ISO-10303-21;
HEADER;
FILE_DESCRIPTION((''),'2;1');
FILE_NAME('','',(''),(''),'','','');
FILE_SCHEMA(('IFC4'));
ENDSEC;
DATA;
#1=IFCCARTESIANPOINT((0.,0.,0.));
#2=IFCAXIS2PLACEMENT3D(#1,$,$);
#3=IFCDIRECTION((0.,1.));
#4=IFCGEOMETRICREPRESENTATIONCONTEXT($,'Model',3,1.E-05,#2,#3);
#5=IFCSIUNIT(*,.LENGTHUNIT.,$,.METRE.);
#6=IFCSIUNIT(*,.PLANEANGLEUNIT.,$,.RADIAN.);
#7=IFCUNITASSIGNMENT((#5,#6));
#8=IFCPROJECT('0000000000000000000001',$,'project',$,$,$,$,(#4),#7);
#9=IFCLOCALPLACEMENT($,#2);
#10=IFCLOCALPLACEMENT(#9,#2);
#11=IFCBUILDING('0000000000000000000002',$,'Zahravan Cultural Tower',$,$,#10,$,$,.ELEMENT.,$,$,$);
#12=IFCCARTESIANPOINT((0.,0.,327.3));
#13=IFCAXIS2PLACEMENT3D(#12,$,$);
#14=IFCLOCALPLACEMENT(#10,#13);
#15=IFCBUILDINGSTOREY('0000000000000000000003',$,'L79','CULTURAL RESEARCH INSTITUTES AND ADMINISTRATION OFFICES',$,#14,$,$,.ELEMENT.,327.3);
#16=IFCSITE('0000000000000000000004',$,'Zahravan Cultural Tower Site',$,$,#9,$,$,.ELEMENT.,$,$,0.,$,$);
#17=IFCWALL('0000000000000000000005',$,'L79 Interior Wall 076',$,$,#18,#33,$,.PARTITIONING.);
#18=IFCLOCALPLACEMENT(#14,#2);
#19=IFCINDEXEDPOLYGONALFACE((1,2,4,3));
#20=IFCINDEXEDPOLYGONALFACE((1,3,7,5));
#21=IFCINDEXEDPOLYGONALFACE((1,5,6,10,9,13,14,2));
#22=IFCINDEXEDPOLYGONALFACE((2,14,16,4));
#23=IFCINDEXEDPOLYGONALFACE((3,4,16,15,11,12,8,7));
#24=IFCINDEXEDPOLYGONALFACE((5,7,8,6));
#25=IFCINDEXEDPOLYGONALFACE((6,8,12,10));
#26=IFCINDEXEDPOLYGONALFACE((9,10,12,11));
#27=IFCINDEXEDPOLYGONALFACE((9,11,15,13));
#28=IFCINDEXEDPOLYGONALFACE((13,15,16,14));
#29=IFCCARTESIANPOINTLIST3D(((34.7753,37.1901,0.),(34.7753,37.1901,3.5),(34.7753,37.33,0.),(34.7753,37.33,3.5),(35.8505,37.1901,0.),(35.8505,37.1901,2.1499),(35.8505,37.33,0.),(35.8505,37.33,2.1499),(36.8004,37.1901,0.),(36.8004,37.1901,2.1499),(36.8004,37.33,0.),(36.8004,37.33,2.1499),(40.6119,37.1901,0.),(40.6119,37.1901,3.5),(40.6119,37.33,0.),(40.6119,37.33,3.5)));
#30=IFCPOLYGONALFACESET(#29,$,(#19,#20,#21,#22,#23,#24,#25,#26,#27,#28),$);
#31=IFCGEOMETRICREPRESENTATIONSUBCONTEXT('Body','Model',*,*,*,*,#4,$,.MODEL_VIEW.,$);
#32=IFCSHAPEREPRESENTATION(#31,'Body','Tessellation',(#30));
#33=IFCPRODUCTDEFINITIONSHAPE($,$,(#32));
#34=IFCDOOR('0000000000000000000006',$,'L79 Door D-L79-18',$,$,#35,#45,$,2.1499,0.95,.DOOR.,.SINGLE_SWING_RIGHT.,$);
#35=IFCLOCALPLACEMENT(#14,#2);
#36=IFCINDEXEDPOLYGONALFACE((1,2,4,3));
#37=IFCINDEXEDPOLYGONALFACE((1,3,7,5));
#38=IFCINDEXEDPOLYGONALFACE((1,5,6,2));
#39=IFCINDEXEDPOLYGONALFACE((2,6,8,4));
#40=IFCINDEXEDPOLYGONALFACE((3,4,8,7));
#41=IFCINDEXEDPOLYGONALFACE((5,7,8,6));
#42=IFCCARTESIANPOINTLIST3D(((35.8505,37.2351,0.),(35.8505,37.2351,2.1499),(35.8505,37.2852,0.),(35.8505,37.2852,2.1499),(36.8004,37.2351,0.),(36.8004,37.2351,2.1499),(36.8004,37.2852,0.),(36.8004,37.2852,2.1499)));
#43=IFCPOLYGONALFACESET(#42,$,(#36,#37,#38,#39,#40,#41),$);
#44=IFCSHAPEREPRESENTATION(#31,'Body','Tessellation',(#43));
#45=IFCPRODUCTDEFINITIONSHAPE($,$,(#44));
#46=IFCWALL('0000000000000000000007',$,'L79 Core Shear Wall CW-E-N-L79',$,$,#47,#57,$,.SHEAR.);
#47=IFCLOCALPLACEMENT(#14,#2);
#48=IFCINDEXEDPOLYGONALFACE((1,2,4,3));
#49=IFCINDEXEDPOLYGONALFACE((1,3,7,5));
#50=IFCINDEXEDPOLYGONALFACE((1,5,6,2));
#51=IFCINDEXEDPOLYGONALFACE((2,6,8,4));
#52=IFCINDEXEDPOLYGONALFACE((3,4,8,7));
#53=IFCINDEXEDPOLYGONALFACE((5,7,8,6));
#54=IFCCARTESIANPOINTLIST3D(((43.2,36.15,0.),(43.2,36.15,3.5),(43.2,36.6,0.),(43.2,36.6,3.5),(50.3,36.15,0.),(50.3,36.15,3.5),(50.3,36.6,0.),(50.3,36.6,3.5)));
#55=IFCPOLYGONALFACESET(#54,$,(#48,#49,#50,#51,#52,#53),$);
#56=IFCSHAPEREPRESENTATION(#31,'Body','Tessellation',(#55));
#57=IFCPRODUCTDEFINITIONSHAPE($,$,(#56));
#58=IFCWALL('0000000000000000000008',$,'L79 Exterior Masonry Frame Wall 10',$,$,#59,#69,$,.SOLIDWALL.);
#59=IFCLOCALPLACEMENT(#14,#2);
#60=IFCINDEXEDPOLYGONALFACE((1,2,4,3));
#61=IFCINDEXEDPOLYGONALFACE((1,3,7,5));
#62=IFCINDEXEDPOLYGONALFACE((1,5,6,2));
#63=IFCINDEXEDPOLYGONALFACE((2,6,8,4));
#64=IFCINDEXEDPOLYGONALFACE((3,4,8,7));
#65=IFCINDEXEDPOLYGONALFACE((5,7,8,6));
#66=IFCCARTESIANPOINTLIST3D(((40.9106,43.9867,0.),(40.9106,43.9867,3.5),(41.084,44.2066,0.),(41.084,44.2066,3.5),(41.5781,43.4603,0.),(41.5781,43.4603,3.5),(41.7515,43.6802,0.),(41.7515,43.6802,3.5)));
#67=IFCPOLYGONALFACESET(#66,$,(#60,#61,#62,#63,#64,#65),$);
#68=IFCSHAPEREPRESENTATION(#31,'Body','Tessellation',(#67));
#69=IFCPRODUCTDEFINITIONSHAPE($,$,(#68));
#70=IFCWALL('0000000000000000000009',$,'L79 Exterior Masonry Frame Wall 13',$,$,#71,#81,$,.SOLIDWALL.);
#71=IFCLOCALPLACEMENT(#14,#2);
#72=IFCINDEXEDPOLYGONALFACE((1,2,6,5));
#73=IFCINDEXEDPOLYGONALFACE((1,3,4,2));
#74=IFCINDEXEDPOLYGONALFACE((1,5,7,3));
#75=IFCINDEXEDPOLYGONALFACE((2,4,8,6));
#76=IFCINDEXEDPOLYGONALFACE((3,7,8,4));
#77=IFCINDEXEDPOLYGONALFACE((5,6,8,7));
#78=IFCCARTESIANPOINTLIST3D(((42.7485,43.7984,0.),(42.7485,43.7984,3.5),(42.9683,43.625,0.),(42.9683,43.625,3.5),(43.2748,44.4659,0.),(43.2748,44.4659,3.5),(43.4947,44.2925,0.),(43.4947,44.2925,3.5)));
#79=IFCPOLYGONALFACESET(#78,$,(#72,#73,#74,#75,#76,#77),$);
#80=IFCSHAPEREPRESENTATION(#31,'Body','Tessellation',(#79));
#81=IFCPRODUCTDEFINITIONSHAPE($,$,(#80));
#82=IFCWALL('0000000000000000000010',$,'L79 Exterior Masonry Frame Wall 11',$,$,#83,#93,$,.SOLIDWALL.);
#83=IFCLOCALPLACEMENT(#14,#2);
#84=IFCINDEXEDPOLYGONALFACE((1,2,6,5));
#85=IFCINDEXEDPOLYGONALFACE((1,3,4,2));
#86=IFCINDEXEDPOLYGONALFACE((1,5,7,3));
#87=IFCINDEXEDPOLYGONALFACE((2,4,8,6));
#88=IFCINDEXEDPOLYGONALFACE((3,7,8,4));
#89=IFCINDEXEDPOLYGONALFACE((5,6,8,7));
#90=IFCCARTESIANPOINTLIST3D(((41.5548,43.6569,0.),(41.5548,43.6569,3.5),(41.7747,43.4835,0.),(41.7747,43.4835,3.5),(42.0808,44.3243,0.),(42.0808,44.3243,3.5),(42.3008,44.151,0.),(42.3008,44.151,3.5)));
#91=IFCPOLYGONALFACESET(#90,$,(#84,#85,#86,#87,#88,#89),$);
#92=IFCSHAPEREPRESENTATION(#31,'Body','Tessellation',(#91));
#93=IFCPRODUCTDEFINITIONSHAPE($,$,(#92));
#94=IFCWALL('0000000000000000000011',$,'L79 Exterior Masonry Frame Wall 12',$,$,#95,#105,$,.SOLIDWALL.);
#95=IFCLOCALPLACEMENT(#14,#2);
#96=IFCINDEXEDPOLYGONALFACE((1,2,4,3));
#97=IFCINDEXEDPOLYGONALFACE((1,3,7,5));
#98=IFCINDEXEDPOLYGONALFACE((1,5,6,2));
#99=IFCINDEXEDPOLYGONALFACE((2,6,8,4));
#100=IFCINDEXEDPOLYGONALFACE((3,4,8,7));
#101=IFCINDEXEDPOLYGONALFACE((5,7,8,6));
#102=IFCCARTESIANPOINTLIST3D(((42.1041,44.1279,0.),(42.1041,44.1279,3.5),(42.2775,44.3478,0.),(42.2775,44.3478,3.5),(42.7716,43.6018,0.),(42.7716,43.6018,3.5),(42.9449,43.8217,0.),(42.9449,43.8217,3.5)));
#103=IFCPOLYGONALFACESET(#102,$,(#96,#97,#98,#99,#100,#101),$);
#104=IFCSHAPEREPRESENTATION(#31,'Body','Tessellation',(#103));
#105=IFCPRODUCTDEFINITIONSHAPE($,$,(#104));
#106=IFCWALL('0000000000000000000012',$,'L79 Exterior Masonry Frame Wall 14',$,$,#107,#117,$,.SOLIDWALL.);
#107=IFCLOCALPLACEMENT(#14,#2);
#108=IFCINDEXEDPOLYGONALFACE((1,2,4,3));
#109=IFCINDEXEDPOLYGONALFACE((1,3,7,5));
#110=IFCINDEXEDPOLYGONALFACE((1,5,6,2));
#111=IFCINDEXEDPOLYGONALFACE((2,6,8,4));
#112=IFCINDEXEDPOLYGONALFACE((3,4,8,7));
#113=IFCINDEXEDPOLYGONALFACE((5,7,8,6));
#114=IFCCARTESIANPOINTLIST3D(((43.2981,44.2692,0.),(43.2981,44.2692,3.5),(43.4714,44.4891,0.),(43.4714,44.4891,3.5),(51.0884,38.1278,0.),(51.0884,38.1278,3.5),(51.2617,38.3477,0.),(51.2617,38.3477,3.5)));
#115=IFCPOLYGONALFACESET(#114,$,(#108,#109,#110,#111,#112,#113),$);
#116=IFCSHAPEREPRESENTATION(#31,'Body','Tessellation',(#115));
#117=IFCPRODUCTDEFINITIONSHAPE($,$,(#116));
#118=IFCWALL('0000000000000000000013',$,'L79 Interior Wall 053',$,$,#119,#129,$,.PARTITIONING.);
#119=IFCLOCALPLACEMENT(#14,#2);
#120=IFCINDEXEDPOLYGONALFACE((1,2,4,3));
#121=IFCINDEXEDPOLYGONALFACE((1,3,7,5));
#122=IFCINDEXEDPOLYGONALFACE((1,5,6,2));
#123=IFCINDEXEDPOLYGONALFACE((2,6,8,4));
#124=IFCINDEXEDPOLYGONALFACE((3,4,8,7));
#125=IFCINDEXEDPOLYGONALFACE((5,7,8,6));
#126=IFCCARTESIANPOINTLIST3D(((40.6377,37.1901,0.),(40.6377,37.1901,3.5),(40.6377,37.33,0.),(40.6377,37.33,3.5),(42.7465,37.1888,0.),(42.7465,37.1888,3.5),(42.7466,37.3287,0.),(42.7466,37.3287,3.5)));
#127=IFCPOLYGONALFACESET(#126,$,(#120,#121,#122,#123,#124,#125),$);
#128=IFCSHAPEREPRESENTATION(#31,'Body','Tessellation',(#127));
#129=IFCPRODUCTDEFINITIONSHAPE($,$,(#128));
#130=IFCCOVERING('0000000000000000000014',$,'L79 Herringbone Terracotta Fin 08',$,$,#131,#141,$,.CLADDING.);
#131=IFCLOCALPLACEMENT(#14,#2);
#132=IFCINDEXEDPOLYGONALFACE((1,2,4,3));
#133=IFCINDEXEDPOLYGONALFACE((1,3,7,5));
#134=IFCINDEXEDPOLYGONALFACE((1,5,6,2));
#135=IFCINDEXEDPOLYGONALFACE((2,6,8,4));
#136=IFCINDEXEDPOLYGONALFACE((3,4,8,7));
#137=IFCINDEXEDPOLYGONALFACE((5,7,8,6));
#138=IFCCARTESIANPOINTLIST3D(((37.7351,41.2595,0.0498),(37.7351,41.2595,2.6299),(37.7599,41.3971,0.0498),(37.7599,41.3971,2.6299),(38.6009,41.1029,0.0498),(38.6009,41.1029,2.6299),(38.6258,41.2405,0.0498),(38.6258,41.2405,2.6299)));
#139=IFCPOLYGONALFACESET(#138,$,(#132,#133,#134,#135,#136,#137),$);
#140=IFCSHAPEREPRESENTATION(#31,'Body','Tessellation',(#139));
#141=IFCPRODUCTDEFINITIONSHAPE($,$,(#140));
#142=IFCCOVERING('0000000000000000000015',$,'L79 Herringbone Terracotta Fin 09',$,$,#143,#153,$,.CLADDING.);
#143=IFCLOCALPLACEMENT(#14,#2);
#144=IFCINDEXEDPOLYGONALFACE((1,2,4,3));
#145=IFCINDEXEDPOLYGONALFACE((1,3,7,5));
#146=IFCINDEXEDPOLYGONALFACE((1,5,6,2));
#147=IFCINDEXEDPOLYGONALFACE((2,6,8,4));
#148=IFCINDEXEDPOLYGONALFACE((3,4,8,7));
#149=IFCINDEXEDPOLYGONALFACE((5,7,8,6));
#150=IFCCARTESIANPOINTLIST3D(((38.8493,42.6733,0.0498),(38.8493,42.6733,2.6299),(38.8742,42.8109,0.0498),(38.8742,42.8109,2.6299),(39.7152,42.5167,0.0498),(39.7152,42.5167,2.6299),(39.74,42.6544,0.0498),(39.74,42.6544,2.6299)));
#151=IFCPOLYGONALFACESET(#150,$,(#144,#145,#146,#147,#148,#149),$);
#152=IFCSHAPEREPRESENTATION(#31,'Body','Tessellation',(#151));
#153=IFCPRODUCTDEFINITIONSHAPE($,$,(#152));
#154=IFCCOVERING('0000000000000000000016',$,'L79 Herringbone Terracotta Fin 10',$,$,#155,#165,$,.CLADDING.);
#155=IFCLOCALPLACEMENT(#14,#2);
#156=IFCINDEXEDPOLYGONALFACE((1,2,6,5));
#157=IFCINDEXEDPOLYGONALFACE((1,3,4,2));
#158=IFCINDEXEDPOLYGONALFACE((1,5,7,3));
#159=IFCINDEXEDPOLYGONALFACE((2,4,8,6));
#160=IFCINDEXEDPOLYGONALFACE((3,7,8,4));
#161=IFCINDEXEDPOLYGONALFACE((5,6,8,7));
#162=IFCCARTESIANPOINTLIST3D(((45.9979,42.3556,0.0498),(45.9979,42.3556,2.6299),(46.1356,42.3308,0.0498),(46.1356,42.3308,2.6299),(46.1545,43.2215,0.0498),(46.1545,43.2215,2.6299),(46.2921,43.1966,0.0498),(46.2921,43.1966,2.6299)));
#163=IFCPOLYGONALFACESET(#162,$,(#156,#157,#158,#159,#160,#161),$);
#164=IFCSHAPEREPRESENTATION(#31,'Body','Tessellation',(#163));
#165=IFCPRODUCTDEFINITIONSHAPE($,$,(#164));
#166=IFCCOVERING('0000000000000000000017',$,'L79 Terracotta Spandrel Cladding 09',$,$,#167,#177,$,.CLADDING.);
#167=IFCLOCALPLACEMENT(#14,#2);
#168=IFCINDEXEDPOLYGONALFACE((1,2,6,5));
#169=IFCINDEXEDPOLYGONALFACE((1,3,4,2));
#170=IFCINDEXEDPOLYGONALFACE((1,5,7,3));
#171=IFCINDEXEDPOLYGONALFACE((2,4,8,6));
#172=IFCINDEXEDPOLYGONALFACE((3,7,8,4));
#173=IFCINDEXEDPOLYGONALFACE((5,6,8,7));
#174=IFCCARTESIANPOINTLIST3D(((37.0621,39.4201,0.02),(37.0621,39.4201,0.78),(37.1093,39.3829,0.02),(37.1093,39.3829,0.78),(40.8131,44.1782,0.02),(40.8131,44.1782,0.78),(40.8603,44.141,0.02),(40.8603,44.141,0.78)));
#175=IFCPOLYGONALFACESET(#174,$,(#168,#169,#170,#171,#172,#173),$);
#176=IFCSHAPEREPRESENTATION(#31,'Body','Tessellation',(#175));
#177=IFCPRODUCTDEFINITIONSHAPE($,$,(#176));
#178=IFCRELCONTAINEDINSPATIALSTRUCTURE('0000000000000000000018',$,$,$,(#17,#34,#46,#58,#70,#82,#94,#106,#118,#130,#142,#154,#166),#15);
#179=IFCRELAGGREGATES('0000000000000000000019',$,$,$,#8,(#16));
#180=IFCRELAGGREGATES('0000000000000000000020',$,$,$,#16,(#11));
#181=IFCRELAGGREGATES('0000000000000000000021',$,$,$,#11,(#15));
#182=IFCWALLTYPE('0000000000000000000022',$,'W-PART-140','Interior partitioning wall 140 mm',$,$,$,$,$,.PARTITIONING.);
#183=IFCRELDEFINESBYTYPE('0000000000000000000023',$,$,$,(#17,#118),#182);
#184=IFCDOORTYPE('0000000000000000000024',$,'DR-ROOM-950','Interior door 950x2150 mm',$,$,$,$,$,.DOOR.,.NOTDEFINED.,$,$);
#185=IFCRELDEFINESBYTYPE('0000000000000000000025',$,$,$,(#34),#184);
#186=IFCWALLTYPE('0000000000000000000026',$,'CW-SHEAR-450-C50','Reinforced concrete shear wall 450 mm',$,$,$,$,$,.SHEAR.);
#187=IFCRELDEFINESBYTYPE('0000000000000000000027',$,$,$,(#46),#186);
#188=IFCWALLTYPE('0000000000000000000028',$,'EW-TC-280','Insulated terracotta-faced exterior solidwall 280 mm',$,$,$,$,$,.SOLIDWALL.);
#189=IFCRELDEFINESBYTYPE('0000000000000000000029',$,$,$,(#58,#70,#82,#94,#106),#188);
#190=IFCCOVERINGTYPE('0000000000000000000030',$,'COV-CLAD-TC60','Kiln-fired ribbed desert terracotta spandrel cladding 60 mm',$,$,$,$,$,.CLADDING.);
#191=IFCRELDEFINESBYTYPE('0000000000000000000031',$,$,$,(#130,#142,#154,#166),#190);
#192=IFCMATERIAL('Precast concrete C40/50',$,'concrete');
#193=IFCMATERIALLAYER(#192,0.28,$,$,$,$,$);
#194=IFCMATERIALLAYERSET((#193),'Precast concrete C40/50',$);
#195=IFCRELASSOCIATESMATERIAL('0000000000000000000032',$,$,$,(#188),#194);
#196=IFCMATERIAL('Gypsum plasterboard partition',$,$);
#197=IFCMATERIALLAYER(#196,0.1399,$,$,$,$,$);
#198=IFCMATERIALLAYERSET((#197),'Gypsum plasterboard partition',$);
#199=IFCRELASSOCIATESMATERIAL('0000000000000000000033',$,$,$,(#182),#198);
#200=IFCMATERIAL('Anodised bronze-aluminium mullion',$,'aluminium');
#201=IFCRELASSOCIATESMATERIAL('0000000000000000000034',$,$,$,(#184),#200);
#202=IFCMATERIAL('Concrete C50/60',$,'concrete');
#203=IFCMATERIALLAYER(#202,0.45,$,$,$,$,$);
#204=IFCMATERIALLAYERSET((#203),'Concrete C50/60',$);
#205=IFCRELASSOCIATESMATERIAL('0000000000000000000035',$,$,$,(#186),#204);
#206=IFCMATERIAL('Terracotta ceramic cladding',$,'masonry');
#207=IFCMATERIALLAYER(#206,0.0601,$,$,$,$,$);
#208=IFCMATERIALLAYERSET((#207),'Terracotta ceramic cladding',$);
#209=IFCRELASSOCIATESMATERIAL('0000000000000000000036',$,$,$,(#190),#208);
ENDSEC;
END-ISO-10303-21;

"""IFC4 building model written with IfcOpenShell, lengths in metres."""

from ifc_helpers import new_model, si_unit, direction, frame, frame_2d, origin, origin_2d, place, context, subcontext, project, spatial, rectangle, extrude, source, transform, mapped, material, layer, layer_set, type_object, element, fill, save


model = new_model("IFC4")

# Units and contexts
model_context = context("Model", 3, precision=1e-05, world=origin(), true_north=direction((0.0, 1.0)))
body_context = subcontext(model_context, "Body", "Model", "MODEL_VIEW")
ifc_project = project(units=[si_unit("LENGTHUNIT", "METRE"), si_unit("PLANEANGLEUNIT", "RADIAN")], contexts=[model_context])

# Site, building, storey
site_placement = place(None, origin())
site = spatial("IfcSite", under=ifc_project, at=site_placement, Name="Zahravan Cultural Tower Site", CompositionType="ELEMENT", RefElevation=0.0)
building_placement = place(site_placement, origin())
building = spatial("IfcBuilding", under=site, at=building_placement, Name="Zahravan Cultural Tower", CompositionType="ELEMENT")
storey_placement = place(building_placement, frame((0.0, 0.0, 327.3)))
storey = spatial("IfcBuildingStorey", under=building, at=storey_placement, Name="L79", Description="CULTURAL RESEARCH INSTITUTES AND ADMINISTRATION OFFICES", CompositionType="ELEMENT", Elevation=327.3)

# Shared definitions
ifc_material_1 = material(Name="Precast concrete C40/50", Category="concrete")
ifc_layer_1 = layer(ifc_material_1, 0.28)
ifc_layer_set_1 = layer_set([ifc_layer_1], Name="Precast concrete C40/50")
wall_type_1 = type_object("IfcWallType", Name="EW-TC-280", Description="Insulated terracotta-faced exterior solidwall 280 mm", PredefinedType="SOLIDWALL", material=ifc_layer_set_1)

# Wall, opening, door
ifc_material_2 = material(Name="Gypsum plasterboard partition")
ifc_layer_2 = layer(ifc_material_2, 0.1399)
ifc_layer_set_2 = layer_set([ifc_layer_2], Name="Gypsum plasterboard partition")
wall_type_2 = type_object("IfcWallType", Name="W-PART-140", Description="Interior partitioning wall 140 mm", PredefinedType="PARTITIONING", material=ifc_layer_set_2)
ifc_material_3 = material(Name="Anodised bronze-aluminium mullion", Category="aluminium")
door_type = type_object("IfcDoorType", Name="DR-ROOM-950", Description="Interior door 950x2150 mm", OperationType="NOTDEFINED", PredefinedType="DOOR", material=ifc_material_3)
shared_shape_1 = source(origin(), body_context, "Body", "SweptSolid", [
    extrude(rectangle(XDim=0.95, YDim=2.1499, at=frame_2d((0.4751, 1.075))), frame((0.0, 0.0249, 0.0), z_axis=(0.0, -1.0, 0.0), x_axis=(1.0, 0.0, 0.0)), (0.0, 0.0, 1.0), 0.05),
])
wall_1_placement = place(storey_placement, frame((40.6121, 37.26, 0.0), z_axis=(0.0, 0.0, 1.0), x_axis=(-1.0, 0.0, 0.0)))
wall_1 = element("IfcWall", 1, at=wall_1_placement, inside=storey, type_object=wall_type_2, Name="L79 Interior Wall 076", PredefinedType="PARTITIONING", context=body_context, shape_type="SweptSolid", body=[
    extrude(rectangle(XDim=5.8367, YDim=0.1399, at=frame_2d((2.9185, 0.0))), origin(), (0.0, 0.0, 1.0), 3.5),
])
opening_1_placement = place(wall_1_placement, frame((3.8115, 0.0, 0.0)))
opening_1 = element("IfcOpeningElement", 2, at=opening_1_placement, cuts=wall_1, PredefinedType="OPENING", context=body_context, shape_type="SweptSolid", body=[
    extrude(rectangle(XDim=0.95, YDim=2.1499, at=frame_2d((0.4751, 1.075))), frame((0.0, 0.0798, 0.0), z_axis=(0.0, -1.0, 0.0), x_axis=(1.0, 0.0, 0.0)), (0.0, 0.0, 1.0), 0.1599),
])
door_1_placement = place(opening_1_placement, origin())
door_1 = element("IfcDoor", 3, at=door_1_placement, inside=storey, type_object=door_type, Name="L79 Door D-L79-18", OperationType="SINGLE_SWING_RIGHT", OverallHeight=2.1499, OverallWidth=0.95, PredefinedType="DOOR", context=body_context, shape_type="MappedRepresentation", body=[
    mapped(shared_shape_1, transform((0.0, 0.0, 0.0), x_axis=(1.0, 0.0, 0.0), y_axis=(0.0, 1.0, 0.0), z_axis=(0.0, 0.0, 1.0), scale=1.0)),
])
fill(opening_1, door_1)

# Walls
ifc_material_4 = material(Name="Concrete C50/60", Category="concrete")
ifc_layer_3 = layer(ifc_material_4, 0.45)
ifc_layer_set_3 = layer_set([ifc_layer_3], Name="Concrete C50/60")
wall_type_3 = type_object("IfcWallType", Name="CW-SHEAR-450-C50", Description="Reinforced concrete shear wall 450 mm", PredefinedType="SHEAR", material=ifc_layer_set_3)
shared_shape_2 = source(origin(), body_context, "Body", "SweptSolid", [
    extrude(rectangle(XDim=7.1001, YDim=0.45, at=frame_2d((3.55, 0.0))), origin(), (0.0, 0.0, 1.0), 3.5),
])
wall_2_placement = place(storey_placement, frame((43.2, 36.375, 0.0), z_axis=(0.0, 0.0, 1.0), x_axis=(1.0, 0.0, 0.0)))
element("IfcWall", 4, at=wall_2_placement, inside=storey, type_object=wall_type_3, Name="L79 Core Shear Wall CW-E-N-L79", PredefinedType="SHEAR", context=body_context, shape_type="MappedRepresentation", body=[
    mapped(shared_shape_2, transform((0.0, 0.0, 0.0), x_axis=(1.0, 0.0, 0.0), y_axis=(0.0, 1.0, 0.0), z_axis=(0.0, 0.0, 1.0), scale=1.0)),
])
shared_shape_3 = source(origin(), body_context, "Body", "SweptSolid", [
    extrude(rectangle(XDim=0.8501, YDim=0.28, at=frame_2d((0.425, 0.0))), origin(), (0.0, 0.0, 1.0), 3.5),
])
for number, where, z_axis, x_axis, name in (
    (5, (40.9973, 44.0967, 0.0), (0.0, 0.0, 1.0), (0.785221, -0.619216, 0.0), "L79 Exterior Masonry Frame Wall 10"),
    (6, (42.8584, 43.7117, 0.0), (0.0, 0.0, 1.0), (0.619216, 0.785221, 0.0), "L79 Exterior Masonry Frame Wall 13"),
):
    element("IfcWall", number, at=place(storey_placement, frame(where, z_axis=z_axis, x_axis=x_axis)), inside=storey, type_object=wall_type_1, Name=name, PredefinedType="SOLIDWALL", context=body_context, shape_type="MappedRepresentation", body=[
        mapped(shared_shape_3, transform((0.0, 0.0, 0.0), x_axis=(1.0, 0.0, 0.0), y_axis=(0.0, 1.0, 0.0), z_axis=(0.0, 0.0, 1.0), scale=1.0)),
    ])
shared_shape_4 = source(origin(), body_context, "Body", "SweptSolid", [
    extrude(rectangle(XDim=0.8499, YDim=0.28, at=frame_2d((0.4248, 0.0))), origin(), (0.0, 0.0, 1.0), 3.5),
])
for number, where, z_axis, x_axis, name in (
    (7, (41.6648, 43.5703, 0.0), (0.0, 0.0, 1.0), (0.619039, 0.78536, 0.0), "L79 Exterior Masonry Frame Wall 11"),
    (8, (42.1909, 44.2378, 0.0), (0.0, 0.0, 1.0), (0.78536, -0.619039, 0.0), "L79 Exterior Masonry Frame Wall 12"),
):
    element("IfcWall", number, at=place(storey_placement, frame(where, z_axis=z_axis, x_axis=x_axis)), inside=storey, type_object=wall_type_1, Name=name, PredefinedType="SOLIDWALL", context=body_context, shape_type="MappedRepresentation", body=[
        mapped(shared_shape_4, transform((0.0, 0.0, 0.0), x_axis=(1.0, 0.0, 0.0), y_axis=(0.0, 1.0, 0.0), z_axis=(0.0, 0.0, 1.0), scale=1.0)),
    ])
shared_shape_5 = source(origin(), body_context, "Body", "SweptSolid", [
    extrude(rectangle(XDim=9.9199, YDim=0.28, at=frame_2d((4.96, 0.0))), origin(), (0.0, 0.0, 1.0), 3.5),
])
wall_3_placement = place(storey_placement, frame((43.3848, 44.3792, 0.0), z_axis=(0.0, 0.0, 1.0), x_axis=(0.785317, -0.619094, 0.0)))
element("IfcWall", 9, at=wall_3_placement, inside=storey, type_object=wall_type_1, Name="L79 Exterior Masonry Frame Wall 14", PredefinedType="SOLIDWALL", context=body_context, shape_type="MappedRepresentation", body=[
    mapped(shared_shape_5, transform((0.0, 0.0, 0.0), x_axis=(1.0, 0.0, 0.0), y_axis=(0.0, 1.0, 0.0), z_axis=(0.0, 0.0, 1.0), scale=1.0)),
])
shared_shape_6 = source(origin(), body_context, "Body", "SweptSolid", [
    extrude(rectangle(XDim=2.1089, YDim=0.1399, at=frame_2d((1.0544, 0.0))), origin(), (0.0, 0.0, 1.0), 3.5),
])
wall_4_placement = place(storey_placement, frame((42.7466, 37.2588, 0.0), z_axis=(0.0, 0.0, 1.0), x_axis=(-1.0, 0.000579, 0.0)))
element("IfcWall", 10, at=wall_4_placement, inside=storey, type_object=wall_type_2, Name="L79 Interior Wall 053", PredefinedType="PARTITIONING", context=body_context, shape_type="MappedRepresentation", body=[
    mapped(shared_shape_6, transform((0.0, 0.0, 0.0), x_axis=(1.0, 0.0, 0.0), y_axis=(0.0, 1.0, 0.0), z_axis=(0.0, 0.0, 1.0), scale=1.0)),
])

# Coverings
ifc_material_5 = material(Name="Terracotta ceramic cladding", Category="masonry")
ifc_layer_4 = layer(ifc_material_5, 0.0601)
ifc_layer_set_4 = layer_set([ifc_layer_4], Name="Terracotta ceramic cladding")
covering_type = type_object("IfcCoveringType", Name="COV-CLAD-TC60", Description="Kiln-fired ribbed desert terracotta spandrel cladding 60 mm", PredefinedType="CLADDING", material=ifc_layer_set_4)
shared_shape_7 = source(origin(), body_context, "Body", "SweptSolid", [
    extrude(rectangle(XDim=0.8799, YDim=0.1399, at=origin_2d()), origin(), (0.0, 0.0, 1.0), 2.5801),
])
for number, where, z_axis, x_axis, name in (
    (11, (38.1804, 41.25, 0.0498), (0.0, 0.0, 1.0), (-0.984041, 0.177944, 0.0), "L79 Herringbone Terracotta Fin 08"),
    (12, (39.2947, 42.6638, 0.0498), (0.0, 0.0, 1.0), (-0.984041, 0.177944, 0.0), "L79 Herringbone Terracotta Fin 09"),
    (13, (46.145, 42.7761, 0.0498), (0.0, 0.0, 1.0), (0.177944, 0.984041, 0.0), "L79 Herringbone Terracotta Fin 10"),
):
    element("IfcCovering", number, at=place(storey_placement, frame(where, z_axis=z_axis, x_axis=x_axis)), inside=storey, type_object=covering_type, Name=name, PredefinedType="CLADDING", context=body_context, shape_type="MappedRepresentation", body=[
        mapped(shared_shape_7, transform((0.0, 0.0, 0.0), x_axis=(1.0, 0.0, 0.0), y_axis=(0.0, 1.0, 0.0), z_axis=(0.0, 0.0, 1.0), scale=1.0)),
    ])
shared_shape_8 = source(origin(), body_context, "Body", "SweptSolid", [
    extrude(rectangle(XDim=6.0588, YDim=0.0601, at=origin_2d()), origin(), (0.0, 0.0, 1.0), 0.76),
])
covering_placement = place(storey_placement, frame((38.9612, 41.7805, 0.02), z_axis=(0.0, 0.0, 1.0), x_axis=(0.619094, 0.785317, 0.0)))
element("IfcCovering", 14, at=covering_placement, inside=storey, type_object=covering_type, Name="L79 Terracotta Spandrel Cladding 09", PredefinedType="CLADDING", context=body_context, shape_type="MappedRepresentation", body=[
    mapped(shared_shape_8, transform((0.0, 0.0, 0.0), x_axis=(1.0, 0.0, 0.0), y_axis=(0.0, 1.0, 0.0), z_axis=(0.0, 0.0, 1.0), scale=1.0)),
])

save(model, "model.ifc")
